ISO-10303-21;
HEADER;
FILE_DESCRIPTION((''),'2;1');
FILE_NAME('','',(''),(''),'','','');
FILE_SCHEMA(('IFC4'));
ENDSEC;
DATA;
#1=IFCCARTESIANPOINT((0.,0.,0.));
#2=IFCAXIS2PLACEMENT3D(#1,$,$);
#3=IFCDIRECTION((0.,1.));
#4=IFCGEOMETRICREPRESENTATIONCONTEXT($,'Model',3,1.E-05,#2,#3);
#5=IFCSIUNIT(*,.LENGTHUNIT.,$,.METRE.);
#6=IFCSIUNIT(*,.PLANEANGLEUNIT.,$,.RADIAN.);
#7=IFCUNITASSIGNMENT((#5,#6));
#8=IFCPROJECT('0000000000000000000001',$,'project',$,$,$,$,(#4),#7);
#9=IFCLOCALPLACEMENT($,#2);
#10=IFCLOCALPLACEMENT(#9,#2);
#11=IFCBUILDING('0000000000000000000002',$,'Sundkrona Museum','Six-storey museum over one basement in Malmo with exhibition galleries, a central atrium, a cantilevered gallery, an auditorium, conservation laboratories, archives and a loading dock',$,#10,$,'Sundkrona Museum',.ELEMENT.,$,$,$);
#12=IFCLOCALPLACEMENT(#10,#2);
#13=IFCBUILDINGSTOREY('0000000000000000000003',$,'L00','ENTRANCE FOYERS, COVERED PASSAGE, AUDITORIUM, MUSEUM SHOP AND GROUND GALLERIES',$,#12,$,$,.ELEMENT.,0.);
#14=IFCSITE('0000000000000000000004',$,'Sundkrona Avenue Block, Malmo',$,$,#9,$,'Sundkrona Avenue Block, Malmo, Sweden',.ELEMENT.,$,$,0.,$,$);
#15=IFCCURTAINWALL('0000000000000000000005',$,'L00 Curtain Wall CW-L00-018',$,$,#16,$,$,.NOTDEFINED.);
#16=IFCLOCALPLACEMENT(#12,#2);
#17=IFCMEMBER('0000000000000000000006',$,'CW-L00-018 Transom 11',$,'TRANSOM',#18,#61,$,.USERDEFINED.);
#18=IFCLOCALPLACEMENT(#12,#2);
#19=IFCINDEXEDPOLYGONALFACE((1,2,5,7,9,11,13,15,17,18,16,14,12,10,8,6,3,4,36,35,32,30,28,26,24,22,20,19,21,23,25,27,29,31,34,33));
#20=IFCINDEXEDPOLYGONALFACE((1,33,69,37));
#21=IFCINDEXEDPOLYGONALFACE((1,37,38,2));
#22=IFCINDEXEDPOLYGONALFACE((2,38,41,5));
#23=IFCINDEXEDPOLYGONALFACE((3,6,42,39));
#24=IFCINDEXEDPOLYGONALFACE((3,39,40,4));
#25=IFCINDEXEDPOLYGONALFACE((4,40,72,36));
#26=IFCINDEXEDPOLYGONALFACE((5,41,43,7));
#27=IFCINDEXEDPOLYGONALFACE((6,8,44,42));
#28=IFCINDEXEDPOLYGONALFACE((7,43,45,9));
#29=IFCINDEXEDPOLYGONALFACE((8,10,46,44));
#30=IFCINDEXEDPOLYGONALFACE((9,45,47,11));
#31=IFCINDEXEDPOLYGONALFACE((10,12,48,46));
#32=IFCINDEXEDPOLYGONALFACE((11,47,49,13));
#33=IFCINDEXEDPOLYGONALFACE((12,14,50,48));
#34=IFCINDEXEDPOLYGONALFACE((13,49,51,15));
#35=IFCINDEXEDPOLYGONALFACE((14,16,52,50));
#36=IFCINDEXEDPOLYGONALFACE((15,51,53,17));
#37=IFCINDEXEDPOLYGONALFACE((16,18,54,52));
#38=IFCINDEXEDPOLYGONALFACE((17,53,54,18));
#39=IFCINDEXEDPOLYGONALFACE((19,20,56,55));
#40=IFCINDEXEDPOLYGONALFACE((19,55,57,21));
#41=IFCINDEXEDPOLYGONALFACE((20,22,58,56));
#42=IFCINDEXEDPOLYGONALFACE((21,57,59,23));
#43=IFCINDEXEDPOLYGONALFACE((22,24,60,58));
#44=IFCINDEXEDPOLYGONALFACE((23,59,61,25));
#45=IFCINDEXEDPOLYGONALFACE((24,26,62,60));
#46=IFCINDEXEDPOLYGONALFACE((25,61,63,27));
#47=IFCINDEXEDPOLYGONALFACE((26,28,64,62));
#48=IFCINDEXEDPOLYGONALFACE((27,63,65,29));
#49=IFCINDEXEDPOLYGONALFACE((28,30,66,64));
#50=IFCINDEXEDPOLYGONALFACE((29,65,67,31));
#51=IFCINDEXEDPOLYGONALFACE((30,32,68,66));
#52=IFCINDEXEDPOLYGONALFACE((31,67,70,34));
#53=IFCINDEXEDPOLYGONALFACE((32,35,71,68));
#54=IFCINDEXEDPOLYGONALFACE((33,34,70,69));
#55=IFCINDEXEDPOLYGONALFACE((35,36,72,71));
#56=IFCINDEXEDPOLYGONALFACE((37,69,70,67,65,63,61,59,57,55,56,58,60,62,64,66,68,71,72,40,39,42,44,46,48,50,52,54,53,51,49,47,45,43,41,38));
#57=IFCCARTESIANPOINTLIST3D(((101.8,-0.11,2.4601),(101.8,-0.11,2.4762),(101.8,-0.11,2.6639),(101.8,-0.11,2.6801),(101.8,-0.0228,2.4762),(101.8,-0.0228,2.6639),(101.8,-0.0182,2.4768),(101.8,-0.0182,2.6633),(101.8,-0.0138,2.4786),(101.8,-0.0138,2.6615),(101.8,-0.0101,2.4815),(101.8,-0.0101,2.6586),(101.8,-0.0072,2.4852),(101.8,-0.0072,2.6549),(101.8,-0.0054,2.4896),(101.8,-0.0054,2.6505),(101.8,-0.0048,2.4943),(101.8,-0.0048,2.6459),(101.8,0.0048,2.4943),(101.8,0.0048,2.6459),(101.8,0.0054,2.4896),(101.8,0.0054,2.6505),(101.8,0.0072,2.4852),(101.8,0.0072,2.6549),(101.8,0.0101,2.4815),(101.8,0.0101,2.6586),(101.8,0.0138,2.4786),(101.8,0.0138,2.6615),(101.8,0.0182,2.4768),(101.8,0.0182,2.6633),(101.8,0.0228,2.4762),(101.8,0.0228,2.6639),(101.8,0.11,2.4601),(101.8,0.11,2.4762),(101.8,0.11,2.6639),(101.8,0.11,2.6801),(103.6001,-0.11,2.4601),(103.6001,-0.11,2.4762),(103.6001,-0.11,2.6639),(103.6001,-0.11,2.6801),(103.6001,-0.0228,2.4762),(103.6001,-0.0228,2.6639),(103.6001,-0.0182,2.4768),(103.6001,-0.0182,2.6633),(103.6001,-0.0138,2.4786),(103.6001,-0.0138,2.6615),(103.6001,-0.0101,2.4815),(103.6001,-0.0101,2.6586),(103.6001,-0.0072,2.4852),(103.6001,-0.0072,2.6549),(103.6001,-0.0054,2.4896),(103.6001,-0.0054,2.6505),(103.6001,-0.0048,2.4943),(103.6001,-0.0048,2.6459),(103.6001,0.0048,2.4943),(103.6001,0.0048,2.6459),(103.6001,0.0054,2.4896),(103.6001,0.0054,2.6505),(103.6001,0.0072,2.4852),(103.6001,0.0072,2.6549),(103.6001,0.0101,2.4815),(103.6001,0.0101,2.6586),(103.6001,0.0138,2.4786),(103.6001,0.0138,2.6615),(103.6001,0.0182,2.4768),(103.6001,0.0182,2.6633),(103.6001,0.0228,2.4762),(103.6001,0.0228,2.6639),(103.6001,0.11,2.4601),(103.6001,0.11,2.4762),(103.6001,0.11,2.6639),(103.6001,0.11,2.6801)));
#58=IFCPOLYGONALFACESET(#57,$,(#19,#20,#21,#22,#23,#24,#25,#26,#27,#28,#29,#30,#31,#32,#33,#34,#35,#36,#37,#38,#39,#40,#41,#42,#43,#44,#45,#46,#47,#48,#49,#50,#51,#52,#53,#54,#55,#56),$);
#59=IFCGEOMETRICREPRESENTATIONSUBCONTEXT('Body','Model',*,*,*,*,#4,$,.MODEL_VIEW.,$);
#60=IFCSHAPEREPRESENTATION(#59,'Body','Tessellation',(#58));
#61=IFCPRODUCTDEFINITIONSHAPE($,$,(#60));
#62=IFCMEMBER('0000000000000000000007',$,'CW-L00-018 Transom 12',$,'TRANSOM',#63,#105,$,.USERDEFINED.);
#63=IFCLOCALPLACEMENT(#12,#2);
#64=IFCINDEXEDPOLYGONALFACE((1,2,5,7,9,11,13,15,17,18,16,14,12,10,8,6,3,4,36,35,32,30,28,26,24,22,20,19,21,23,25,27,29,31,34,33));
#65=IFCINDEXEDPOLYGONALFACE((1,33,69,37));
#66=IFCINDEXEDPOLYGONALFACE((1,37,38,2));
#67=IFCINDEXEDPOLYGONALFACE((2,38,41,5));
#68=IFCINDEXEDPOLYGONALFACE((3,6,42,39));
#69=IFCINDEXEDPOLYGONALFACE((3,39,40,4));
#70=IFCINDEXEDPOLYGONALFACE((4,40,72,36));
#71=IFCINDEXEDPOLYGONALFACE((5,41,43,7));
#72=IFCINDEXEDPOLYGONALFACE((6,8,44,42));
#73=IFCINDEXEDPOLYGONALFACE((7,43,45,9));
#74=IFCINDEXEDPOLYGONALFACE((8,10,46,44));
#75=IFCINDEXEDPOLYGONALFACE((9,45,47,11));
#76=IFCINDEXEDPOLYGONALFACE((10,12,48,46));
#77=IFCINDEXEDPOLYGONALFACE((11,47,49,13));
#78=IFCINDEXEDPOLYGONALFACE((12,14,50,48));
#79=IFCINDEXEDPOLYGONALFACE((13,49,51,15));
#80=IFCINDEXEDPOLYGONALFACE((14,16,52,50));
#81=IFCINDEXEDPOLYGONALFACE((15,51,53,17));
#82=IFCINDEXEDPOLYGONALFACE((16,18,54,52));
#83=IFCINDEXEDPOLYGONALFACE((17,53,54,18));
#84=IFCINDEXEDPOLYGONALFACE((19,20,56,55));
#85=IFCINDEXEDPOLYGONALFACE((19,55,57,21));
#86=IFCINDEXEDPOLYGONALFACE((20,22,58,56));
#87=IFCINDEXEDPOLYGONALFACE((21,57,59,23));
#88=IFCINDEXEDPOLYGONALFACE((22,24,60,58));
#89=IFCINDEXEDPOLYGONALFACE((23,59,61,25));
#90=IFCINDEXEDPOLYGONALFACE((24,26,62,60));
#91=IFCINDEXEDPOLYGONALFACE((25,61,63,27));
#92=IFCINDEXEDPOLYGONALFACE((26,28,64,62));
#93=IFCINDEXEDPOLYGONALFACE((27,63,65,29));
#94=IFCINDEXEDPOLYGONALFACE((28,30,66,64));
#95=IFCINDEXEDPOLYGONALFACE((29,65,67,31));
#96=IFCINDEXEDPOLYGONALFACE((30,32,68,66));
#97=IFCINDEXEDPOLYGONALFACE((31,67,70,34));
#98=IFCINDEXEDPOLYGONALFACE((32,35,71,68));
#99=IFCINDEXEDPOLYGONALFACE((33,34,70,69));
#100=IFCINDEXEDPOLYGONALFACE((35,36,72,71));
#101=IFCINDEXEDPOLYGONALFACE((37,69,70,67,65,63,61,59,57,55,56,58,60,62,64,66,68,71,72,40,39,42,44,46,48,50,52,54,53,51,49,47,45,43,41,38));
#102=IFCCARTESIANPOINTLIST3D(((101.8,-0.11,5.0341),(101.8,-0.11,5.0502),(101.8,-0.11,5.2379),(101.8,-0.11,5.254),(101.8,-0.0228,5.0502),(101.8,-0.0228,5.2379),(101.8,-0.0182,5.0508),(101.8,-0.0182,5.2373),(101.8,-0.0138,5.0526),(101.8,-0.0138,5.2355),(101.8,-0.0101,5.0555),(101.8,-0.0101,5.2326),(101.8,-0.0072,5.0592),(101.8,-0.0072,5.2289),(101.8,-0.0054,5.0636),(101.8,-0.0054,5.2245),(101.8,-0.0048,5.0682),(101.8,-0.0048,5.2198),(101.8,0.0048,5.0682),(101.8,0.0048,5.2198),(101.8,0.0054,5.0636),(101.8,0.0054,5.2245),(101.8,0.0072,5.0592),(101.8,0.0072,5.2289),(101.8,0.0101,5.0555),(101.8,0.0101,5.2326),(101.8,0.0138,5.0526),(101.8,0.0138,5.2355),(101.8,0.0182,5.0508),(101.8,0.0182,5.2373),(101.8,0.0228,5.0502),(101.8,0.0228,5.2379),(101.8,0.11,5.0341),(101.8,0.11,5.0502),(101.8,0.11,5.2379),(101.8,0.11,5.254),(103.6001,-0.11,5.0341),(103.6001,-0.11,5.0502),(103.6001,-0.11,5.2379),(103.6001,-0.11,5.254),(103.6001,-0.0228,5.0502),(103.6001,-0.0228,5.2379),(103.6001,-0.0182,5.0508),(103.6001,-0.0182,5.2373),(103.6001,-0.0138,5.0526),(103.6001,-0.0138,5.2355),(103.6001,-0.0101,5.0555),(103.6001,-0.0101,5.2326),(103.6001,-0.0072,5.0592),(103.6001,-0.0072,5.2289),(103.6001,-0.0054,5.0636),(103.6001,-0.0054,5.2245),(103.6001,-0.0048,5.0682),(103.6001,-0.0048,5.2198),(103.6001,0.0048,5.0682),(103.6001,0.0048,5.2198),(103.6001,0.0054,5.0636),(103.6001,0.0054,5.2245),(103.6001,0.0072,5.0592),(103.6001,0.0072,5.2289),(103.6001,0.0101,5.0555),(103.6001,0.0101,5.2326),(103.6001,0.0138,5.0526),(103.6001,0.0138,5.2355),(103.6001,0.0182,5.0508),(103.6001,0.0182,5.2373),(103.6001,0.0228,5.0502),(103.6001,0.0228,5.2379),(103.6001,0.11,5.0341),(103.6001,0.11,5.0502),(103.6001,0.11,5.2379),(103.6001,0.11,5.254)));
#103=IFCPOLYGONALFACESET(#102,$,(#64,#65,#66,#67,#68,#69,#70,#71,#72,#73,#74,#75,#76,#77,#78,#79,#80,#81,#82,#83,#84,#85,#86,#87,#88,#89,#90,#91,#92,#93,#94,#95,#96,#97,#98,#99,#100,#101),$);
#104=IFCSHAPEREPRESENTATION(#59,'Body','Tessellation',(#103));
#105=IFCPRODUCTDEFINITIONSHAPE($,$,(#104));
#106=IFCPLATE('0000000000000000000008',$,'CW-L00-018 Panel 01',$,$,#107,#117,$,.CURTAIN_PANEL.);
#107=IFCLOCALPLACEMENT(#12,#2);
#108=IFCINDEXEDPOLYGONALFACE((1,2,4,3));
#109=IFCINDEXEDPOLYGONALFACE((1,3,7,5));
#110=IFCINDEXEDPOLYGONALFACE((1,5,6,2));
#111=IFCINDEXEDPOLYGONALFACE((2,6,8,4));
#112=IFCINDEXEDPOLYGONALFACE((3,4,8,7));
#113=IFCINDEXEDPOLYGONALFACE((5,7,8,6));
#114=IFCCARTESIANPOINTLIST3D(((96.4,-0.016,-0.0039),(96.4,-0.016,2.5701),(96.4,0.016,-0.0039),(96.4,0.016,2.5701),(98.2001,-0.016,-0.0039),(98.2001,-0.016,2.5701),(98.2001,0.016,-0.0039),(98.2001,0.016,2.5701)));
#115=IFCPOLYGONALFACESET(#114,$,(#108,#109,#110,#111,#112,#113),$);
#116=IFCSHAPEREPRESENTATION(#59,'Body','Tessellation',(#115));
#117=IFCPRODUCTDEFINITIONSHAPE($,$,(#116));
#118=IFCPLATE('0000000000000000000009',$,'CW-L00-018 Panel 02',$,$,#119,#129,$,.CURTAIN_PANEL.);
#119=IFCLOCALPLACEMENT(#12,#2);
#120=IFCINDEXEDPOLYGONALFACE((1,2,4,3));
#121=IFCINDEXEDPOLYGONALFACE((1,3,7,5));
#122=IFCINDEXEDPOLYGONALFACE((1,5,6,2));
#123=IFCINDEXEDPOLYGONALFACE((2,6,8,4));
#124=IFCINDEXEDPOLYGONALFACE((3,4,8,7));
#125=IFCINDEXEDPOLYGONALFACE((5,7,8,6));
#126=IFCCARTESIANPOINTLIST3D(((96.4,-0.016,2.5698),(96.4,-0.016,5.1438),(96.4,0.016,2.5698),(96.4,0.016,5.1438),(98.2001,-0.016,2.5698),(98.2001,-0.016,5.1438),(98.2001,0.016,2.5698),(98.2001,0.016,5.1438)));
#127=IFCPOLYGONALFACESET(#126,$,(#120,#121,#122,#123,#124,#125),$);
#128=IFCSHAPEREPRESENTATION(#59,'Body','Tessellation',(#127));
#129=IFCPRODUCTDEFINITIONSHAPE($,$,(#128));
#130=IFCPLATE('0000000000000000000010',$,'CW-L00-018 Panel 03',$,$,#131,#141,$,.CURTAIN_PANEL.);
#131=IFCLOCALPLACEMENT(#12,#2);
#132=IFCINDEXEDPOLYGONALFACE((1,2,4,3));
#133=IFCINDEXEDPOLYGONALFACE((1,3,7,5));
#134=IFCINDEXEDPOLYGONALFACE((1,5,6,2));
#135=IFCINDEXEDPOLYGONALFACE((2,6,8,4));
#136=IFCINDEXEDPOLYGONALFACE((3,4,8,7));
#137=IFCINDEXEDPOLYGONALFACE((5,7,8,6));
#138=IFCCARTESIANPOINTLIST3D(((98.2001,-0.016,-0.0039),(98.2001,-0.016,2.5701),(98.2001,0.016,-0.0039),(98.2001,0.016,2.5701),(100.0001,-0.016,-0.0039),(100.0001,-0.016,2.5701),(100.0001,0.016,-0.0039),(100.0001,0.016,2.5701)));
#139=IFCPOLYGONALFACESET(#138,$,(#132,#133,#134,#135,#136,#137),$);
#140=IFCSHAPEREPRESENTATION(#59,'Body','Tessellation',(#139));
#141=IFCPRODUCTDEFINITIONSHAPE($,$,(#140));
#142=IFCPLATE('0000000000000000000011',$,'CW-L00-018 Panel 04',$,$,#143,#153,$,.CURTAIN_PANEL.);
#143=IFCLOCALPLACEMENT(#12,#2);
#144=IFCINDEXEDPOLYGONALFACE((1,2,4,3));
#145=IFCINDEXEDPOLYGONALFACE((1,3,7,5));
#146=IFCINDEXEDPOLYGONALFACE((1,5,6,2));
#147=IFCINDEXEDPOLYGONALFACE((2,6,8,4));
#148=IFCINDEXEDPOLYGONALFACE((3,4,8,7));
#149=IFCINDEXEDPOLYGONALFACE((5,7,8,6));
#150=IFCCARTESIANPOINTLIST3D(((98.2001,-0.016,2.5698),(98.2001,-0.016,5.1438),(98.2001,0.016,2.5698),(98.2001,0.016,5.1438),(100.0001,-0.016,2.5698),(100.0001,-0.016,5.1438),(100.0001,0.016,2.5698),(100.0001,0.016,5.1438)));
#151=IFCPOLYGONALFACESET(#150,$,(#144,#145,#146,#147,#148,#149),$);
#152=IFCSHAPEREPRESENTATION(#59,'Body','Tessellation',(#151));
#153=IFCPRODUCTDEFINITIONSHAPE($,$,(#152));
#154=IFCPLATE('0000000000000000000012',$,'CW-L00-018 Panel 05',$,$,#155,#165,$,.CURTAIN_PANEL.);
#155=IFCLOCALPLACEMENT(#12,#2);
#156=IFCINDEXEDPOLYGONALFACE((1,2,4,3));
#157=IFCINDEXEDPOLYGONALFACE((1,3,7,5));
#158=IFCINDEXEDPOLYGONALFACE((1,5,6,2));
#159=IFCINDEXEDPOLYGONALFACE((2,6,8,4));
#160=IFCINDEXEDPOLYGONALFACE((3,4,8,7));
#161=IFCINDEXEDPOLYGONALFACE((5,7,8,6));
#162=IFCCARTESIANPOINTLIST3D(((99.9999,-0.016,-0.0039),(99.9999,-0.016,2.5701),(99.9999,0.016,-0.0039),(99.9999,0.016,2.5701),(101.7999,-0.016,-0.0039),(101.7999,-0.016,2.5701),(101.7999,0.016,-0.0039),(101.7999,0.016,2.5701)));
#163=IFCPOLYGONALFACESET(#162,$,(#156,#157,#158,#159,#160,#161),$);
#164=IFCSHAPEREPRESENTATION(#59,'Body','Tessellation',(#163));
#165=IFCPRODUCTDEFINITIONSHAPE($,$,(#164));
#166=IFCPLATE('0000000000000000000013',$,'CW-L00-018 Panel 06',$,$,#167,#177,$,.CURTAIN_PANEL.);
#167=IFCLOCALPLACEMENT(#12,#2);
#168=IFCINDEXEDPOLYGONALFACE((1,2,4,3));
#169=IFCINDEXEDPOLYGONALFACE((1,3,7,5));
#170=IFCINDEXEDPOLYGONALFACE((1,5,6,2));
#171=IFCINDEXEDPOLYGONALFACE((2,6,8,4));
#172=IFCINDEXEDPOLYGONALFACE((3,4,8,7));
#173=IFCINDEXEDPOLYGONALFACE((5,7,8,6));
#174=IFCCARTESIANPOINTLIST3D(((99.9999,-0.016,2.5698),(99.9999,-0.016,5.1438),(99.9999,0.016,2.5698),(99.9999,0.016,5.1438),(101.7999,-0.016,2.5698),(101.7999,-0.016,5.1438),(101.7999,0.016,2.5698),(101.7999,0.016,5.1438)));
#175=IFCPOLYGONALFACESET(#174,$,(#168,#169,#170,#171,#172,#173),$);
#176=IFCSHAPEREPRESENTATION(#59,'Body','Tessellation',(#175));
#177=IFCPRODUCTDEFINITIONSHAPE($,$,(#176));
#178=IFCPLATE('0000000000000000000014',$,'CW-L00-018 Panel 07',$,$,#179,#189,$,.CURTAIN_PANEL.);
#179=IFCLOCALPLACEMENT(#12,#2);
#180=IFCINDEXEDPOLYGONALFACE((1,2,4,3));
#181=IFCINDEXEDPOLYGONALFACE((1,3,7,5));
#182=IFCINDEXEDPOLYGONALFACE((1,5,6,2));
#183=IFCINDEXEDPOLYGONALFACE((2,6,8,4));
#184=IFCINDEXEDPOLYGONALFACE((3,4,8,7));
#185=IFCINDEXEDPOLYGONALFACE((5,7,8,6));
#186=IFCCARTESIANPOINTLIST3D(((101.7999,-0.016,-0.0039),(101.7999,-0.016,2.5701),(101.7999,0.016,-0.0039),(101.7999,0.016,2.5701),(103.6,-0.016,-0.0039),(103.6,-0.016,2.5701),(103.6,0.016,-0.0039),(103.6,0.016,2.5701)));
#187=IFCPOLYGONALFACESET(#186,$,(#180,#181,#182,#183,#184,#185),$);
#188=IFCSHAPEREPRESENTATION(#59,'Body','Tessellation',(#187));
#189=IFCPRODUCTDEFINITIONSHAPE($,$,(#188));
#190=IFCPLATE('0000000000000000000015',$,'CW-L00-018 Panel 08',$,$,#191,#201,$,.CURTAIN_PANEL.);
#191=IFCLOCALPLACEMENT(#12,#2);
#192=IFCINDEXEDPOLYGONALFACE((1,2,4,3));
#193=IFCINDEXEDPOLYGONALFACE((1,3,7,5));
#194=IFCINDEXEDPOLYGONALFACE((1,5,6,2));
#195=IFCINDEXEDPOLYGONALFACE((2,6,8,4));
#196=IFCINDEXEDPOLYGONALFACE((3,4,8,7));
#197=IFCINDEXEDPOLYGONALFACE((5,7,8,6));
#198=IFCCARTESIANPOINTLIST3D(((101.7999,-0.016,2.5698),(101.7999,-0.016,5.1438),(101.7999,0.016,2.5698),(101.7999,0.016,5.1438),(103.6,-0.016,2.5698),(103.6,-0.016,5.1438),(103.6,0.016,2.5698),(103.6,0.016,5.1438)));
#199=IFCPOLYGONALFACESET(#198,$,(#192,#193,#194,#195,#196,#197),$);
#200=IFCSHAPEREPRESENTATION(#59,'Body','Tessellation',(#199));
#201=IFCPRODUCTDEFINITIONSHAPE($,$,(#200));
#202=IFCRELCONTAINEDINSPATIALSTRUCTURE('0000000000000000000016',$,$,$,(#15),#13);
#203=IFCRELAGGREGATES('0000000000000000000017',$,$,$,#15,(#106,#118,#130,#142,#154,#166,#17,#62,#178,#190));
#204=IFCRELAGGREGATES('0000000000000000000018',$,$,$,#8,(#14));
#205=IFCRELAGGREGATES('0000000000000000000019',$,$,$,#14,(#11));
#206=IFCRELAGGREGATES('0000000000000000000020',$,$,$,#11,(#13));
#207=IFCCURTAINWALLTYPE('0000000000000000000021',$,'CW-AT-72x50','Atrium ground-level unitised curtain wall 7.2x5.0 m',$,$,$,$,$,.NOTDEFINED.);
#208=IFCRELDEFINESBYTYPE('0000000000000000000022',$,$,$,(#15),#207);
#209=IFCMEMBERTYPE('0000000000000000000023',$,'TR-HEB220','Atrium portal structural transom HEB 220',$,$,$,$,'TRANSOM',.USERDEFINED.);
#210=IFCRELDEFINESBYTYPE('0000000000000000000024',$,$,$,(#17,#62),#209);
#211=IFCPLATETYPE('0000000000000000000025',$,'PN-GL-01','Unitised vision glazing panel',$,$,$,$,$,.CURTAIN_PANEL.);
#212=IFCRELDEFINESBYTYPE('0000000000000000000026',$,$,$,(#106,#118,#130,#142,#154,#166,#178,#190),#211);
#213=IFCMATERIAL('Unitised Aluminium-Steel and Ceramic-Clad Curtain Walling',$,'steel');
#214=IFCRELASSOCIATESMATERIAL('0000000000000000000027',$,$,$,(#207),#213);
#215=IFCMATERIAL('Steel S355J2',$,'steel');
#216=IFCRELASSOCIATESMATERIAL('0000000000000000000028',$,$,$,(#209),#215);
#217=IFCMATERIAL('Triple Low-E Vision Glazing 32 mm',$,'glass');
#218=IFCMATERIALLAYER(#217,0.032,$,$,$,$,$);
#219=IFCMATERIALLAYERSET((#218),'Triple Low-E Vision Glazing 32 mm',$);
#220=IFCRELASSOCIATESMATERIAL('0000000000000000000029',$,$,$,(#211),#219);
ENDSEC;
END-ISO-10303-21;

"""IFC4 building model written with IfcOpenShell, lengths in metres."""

from ifc_helpers import new_model, si_unit, direction, frame, origin, origin_2d, place, context, subcontext, project, spatial, rectangle, i_section, extrude, material, layer, layer_set, material_profile, profile_set, type_object, element, aggregate, save


model = new_model("IFC4")

# Units and contexts
model_context = context("Model", 3, precision=1e-05, world=origin(), true_north=direction((0.0, 1.0)))
body_context = subcontext(model_context, "Body", "Model", "MODEL_VIEW")
ifc_project = project(units=[si_unit("LENGTHUNIT", "METRE"), si_unit("PLANEANGLEUNIT", "RADIAN")], contexts=[model_context])

# Site, building, storey
site_placement = place(None, origin())
site = spatial("IfcSite", under=ifc_project, at=site_placement, Name="Sundkrona Avenue Block, Malmo", LongName="Sundkrona Avenue Block, Malmo, Sweden", CompositionType="ELEMENT", RefElevation=0.0)
building_placement = place(site_placement, origin())
building = spatial("IfcBuilding", under=site, at=building_placement, Name="Sundkrona Museum", Description="Six-storey museum over one basement in Malmo with exhibition galleries, a central atrium, a cantilevered gallery, an auditorium, conservation laboratories, archives and a loading dock", LongName="Sundkrona Museum", CompositionType="ELEMENT")
storey_placement = place(building_placement, origin())
storey = spatial("IfcBuildingStorey", under=building, at=storey_placement, Name="L00", Description="ENTRANCE FOYERS, COVERED PASSAGE, AUDITORIUM, MUSEUM SHOP AND GROUND GALLERIES", CompositionType="ELEMENT", Elevation=0.0)

# Curtain wall, members, plates
ifc_material_1 = material(Name="Unitised Aluminium-Steel and Ceramic-Clad Curtain Walling", Category="steel")
curtain_wall_type = type_object("IfcCurtainWallType", Name="CW-AT-72x50", Description="Atrium ground-level unitised curtain wall 7.2x5.0 m", PredefinedType="NOTDEFINED", material=ifc_material_1)
curtain_wall_placement = place(storey_placement, origin())
curtain_wall = element("IfcCurtainWall", 1, at=curtain_wall_placement, inside=storey, type_object=curtain_wall_type, Name="L00 Curtain Wall CW-L00-018", PredefinedType="NOTDEFINED")
ifc_material_2 = material(Name="Steel S355J2", Category="steel")
ifc_material_profile_1 = material_profile(ifc_material_2, i_section(OverallWidth=0.22, OverallDepth=0.22, WebThickness=0.0095, FlangeThickness=0.0161, FilletRadius=0.0181, at=origin_2d()), Name="HEB 220")
ifc_profile_set_1 = profile_set([ifc_material_profile_1], Name="Steel S355J2")
member_type_1 = type_object("IfcMemberType", Name="TR-HEB220", Description="Atrium portal structural transom HEB 220", ElementType="TRANSOM", PredefinedType="USERDEFINED", material=ifc_profile_set_1)
member_1_placement = place(storey_placement, frame((101.8, 0.0, 2.5701), z_axis=(1.0, 0.0, 0.0), x_axis=(0.0, 1.0, 0.0)))
member_1 = element("IfcMember", 2, at=member_1_placement, type_object=member_type_1, Name="CW-L00-018 Transom 11", ObjectType="TRANSOM", PredefinedType="USERDEFINED", context=body_context, shape_type="SweptSolid", body=[
    extrude(i_section(OverallWidth=0.22, OverallDepth=0.22, WebThickness=0.0095, FlangeThickness=0.0161, FilletRadius=0.0181, at=origin_2d()), origin(), (0.0, 0.0, 1.0), 1.8),
])
member_2_placement = place(storey_placement, frame((101.8, 0.0, 5.144), z_axis=(1.0, 0.0, 0.0), x_axis=(0.0, 1.0, 0.0)))
member_2 = element("IfcMember", 3, at=member_2_placement, type_object=member_type_1, Name="CW-L00-018 Transom 12", ObjectType="TRANSOM", PredefinedType="USERDEFINED", context=body_context, shape_type="SweptSolid", body=[
    extrude(i_section(OverallWidth=0.22, OverallDepth=0.22, WebThickness=0.0095, FlangeThickness=0.0161, FilletRadius=0.0181, at=origin_2d()), origin(), (0.0, 0.0, 1.0), 1.8),
])
ifc_material_3 = material(Name="Triple Low-E Vision Glazing 32 mm", Category="glass")
ifc_layer_1 = layer(ifc_material_3, 0.032)
ifc_layer_set_1 = layer_set([ifc_layer_1], Name="Triple Low-E Vision Glazing 32 mm")
plate_type = type_object("IfcPlateType", Name="PN-GL-01", Description="Unitised vision glazing panel", PredefinedType="CURTAIN_PANEL", material=ifc_layer_set_1)
plate_1_placement = place(storey_placement, frame((97.3, 0.0, -0.0039), z_axis=(0.0, 0.0, 1.0), x_axis=(1.0, 0.0, 0.0)))
plate_1 = element("IfcPlate", 4, at=plate_1_placement, type_object=plate_type, Name="CW-L00-018 Panel 01", PredefinedType="CURTAIN_PANEL", context=body_context, shape_type="SweptSolid", body=[
    extrude(rectangle(XDim=1.8, YDim=0.032, at=origin_2d()), origin(), (0.0, 0.0, 1.0), 2.574),
])
plate_2_placement = place(storey_placement, frame((97.3, 0.0, 2.5698), z_axis=(0.0, 0.0, 1.0), x_axis=(1.0, 0.0, 0.0)))
plate_2 = element("IfcPlate", 5, at=plate_2_placement, type_object=plate_type, Name="CW-L00-018 Panel 02", PredefinedType="CURTAIN_PANEL", context=body_context, shape_type="SweptSolid", body=[
    extrude(rectangle(XDim=1.8, YDim=0.032, at=origin_2d()), origin(), (0.0, 0.0, 1.0), 2.574),
])
plate_3_placement = place(storey_placement, frame((99.1001, 0.0, -0.0039), z_axis=(0.0, 0.0, 1.0), x_axis=(1.0, 0.0, 0.0)))
plate_3 = element("IfcPlate", 6, at=plate_3_placement, type_object=plate_type, Name="CW-L00-018 Panel 03", PredefinedType="CURTAIN_PANEL", context=body_context, shape_type="SweptSolid", body=[
    extrude(rectangle(XDim=1.8, YDim=0.032, at=origin_2d()), origin(), (0.0, 0.0, 1.0), 2.574),
])
plate_4_placement = place(storey_placement, frame((99.1001, 0.0, 2.5698), z_axis=(0.0, 0.0, 1.0), x_axis=(1.0, 0.0, 0.0)))
plate_4 = element("IfcPlate", 7, at=plate_4_placement, type_object=plate_type, Name="CW-L00-018 Panel 04", PredefinedType="CURTAIN_PANEL", context=body_context, shape_type="SweptSolid", body=[
    extrude(rectangle(XDim=1.8, YDim=0.032, at=origin_2d()), origin(), (0.0, 0.0, 1.0), 2.574),
])
plate_5_placement = place(storey_placement, frame((100.8999, 0.0, -0.0039), z_axis=(0.0, 0.0, 1.0), x_axis=(1.0, 0.0, 0.0)))
plate_5 = element("IfcPlate", 8, at=plate_5_placement, type_object=plate_type, Name="CW-L00-018 Panel 05", PredefinedType="CURTAIN_PANEL", context=body_context, shape_type="SweptSolid", body=[
    extrude(rectangle(XDim=1.8, YDim=0.032, at=origin_2d()), origin(), (0.0, 0.0, 1.0), 2.574),
])
plate_6_placement = place(storey_placement, frame((100.8999, 0.0, 2.5698), z_axis=(0.0, 0.0, 1.0), x_axis=(1.0, 0.0, 0.0)))
plate_6 = element("IfcPlate", 9, at=plate_6_placement, type_object=plate_type, Name="CW-L00-018 Panel 06", PredefinedType="CURTAIN_PANEL", context=body_context, shape_type="SweptSolid", body=[
    extrude(rectangle(XDim=1.8, YDim=0.032, at=origin_2d()), origin(), (0.0, 0.0, 1.0), 2.574),
])
plate_7_placement = place(storey_placement, frame((102.7, 0.0, -0.0039), z_axis=(0.0, 0.0, 1.0), x_axis=(1.0, 0.0, 0.0)))
plate_7 = element("IfcPlate", 10, at=plate_7_placement, type_object=plate_type, Name="CW-L00-018 Panel 07", PredefinedType="CURTAIN_PANEL", context=body_context, shape_type="SweptSolid", body=[
    extrude(rectangle(XDim=1.8, YDim=0.032, at=origin_2d()), origin(), (0.0, 0.0, 1.0), 2.574),
])
plate_8_placement = place(storey_placement, frame((102.7, 0.0, 2.5698), z_axis=(0.0, 0.0, 1.0), x_axis=(1.0, 0.0, 0.0)))
plate_8 = element("IfcPlate", 11, at=plate_8_placement, type_object=plate_type, Name="CW-L00-018 Panel 08", PredefinedType="CURTAIN_PANEL", context=body_context, shape_type="SweptSolid", body=[
    extrude(rectangle(XDim=1.8, YDim=0.032, at=origin_2d()), origin(), (0.0, 0.0, 1.0), 2.574),
])
aggregate(curtain_wall, [plate_1, plate_2, plate_3, plate_4, plate_5, plate_6, member_1, member_2, plate_7, plate_8])

save(model, "model.ifc")
